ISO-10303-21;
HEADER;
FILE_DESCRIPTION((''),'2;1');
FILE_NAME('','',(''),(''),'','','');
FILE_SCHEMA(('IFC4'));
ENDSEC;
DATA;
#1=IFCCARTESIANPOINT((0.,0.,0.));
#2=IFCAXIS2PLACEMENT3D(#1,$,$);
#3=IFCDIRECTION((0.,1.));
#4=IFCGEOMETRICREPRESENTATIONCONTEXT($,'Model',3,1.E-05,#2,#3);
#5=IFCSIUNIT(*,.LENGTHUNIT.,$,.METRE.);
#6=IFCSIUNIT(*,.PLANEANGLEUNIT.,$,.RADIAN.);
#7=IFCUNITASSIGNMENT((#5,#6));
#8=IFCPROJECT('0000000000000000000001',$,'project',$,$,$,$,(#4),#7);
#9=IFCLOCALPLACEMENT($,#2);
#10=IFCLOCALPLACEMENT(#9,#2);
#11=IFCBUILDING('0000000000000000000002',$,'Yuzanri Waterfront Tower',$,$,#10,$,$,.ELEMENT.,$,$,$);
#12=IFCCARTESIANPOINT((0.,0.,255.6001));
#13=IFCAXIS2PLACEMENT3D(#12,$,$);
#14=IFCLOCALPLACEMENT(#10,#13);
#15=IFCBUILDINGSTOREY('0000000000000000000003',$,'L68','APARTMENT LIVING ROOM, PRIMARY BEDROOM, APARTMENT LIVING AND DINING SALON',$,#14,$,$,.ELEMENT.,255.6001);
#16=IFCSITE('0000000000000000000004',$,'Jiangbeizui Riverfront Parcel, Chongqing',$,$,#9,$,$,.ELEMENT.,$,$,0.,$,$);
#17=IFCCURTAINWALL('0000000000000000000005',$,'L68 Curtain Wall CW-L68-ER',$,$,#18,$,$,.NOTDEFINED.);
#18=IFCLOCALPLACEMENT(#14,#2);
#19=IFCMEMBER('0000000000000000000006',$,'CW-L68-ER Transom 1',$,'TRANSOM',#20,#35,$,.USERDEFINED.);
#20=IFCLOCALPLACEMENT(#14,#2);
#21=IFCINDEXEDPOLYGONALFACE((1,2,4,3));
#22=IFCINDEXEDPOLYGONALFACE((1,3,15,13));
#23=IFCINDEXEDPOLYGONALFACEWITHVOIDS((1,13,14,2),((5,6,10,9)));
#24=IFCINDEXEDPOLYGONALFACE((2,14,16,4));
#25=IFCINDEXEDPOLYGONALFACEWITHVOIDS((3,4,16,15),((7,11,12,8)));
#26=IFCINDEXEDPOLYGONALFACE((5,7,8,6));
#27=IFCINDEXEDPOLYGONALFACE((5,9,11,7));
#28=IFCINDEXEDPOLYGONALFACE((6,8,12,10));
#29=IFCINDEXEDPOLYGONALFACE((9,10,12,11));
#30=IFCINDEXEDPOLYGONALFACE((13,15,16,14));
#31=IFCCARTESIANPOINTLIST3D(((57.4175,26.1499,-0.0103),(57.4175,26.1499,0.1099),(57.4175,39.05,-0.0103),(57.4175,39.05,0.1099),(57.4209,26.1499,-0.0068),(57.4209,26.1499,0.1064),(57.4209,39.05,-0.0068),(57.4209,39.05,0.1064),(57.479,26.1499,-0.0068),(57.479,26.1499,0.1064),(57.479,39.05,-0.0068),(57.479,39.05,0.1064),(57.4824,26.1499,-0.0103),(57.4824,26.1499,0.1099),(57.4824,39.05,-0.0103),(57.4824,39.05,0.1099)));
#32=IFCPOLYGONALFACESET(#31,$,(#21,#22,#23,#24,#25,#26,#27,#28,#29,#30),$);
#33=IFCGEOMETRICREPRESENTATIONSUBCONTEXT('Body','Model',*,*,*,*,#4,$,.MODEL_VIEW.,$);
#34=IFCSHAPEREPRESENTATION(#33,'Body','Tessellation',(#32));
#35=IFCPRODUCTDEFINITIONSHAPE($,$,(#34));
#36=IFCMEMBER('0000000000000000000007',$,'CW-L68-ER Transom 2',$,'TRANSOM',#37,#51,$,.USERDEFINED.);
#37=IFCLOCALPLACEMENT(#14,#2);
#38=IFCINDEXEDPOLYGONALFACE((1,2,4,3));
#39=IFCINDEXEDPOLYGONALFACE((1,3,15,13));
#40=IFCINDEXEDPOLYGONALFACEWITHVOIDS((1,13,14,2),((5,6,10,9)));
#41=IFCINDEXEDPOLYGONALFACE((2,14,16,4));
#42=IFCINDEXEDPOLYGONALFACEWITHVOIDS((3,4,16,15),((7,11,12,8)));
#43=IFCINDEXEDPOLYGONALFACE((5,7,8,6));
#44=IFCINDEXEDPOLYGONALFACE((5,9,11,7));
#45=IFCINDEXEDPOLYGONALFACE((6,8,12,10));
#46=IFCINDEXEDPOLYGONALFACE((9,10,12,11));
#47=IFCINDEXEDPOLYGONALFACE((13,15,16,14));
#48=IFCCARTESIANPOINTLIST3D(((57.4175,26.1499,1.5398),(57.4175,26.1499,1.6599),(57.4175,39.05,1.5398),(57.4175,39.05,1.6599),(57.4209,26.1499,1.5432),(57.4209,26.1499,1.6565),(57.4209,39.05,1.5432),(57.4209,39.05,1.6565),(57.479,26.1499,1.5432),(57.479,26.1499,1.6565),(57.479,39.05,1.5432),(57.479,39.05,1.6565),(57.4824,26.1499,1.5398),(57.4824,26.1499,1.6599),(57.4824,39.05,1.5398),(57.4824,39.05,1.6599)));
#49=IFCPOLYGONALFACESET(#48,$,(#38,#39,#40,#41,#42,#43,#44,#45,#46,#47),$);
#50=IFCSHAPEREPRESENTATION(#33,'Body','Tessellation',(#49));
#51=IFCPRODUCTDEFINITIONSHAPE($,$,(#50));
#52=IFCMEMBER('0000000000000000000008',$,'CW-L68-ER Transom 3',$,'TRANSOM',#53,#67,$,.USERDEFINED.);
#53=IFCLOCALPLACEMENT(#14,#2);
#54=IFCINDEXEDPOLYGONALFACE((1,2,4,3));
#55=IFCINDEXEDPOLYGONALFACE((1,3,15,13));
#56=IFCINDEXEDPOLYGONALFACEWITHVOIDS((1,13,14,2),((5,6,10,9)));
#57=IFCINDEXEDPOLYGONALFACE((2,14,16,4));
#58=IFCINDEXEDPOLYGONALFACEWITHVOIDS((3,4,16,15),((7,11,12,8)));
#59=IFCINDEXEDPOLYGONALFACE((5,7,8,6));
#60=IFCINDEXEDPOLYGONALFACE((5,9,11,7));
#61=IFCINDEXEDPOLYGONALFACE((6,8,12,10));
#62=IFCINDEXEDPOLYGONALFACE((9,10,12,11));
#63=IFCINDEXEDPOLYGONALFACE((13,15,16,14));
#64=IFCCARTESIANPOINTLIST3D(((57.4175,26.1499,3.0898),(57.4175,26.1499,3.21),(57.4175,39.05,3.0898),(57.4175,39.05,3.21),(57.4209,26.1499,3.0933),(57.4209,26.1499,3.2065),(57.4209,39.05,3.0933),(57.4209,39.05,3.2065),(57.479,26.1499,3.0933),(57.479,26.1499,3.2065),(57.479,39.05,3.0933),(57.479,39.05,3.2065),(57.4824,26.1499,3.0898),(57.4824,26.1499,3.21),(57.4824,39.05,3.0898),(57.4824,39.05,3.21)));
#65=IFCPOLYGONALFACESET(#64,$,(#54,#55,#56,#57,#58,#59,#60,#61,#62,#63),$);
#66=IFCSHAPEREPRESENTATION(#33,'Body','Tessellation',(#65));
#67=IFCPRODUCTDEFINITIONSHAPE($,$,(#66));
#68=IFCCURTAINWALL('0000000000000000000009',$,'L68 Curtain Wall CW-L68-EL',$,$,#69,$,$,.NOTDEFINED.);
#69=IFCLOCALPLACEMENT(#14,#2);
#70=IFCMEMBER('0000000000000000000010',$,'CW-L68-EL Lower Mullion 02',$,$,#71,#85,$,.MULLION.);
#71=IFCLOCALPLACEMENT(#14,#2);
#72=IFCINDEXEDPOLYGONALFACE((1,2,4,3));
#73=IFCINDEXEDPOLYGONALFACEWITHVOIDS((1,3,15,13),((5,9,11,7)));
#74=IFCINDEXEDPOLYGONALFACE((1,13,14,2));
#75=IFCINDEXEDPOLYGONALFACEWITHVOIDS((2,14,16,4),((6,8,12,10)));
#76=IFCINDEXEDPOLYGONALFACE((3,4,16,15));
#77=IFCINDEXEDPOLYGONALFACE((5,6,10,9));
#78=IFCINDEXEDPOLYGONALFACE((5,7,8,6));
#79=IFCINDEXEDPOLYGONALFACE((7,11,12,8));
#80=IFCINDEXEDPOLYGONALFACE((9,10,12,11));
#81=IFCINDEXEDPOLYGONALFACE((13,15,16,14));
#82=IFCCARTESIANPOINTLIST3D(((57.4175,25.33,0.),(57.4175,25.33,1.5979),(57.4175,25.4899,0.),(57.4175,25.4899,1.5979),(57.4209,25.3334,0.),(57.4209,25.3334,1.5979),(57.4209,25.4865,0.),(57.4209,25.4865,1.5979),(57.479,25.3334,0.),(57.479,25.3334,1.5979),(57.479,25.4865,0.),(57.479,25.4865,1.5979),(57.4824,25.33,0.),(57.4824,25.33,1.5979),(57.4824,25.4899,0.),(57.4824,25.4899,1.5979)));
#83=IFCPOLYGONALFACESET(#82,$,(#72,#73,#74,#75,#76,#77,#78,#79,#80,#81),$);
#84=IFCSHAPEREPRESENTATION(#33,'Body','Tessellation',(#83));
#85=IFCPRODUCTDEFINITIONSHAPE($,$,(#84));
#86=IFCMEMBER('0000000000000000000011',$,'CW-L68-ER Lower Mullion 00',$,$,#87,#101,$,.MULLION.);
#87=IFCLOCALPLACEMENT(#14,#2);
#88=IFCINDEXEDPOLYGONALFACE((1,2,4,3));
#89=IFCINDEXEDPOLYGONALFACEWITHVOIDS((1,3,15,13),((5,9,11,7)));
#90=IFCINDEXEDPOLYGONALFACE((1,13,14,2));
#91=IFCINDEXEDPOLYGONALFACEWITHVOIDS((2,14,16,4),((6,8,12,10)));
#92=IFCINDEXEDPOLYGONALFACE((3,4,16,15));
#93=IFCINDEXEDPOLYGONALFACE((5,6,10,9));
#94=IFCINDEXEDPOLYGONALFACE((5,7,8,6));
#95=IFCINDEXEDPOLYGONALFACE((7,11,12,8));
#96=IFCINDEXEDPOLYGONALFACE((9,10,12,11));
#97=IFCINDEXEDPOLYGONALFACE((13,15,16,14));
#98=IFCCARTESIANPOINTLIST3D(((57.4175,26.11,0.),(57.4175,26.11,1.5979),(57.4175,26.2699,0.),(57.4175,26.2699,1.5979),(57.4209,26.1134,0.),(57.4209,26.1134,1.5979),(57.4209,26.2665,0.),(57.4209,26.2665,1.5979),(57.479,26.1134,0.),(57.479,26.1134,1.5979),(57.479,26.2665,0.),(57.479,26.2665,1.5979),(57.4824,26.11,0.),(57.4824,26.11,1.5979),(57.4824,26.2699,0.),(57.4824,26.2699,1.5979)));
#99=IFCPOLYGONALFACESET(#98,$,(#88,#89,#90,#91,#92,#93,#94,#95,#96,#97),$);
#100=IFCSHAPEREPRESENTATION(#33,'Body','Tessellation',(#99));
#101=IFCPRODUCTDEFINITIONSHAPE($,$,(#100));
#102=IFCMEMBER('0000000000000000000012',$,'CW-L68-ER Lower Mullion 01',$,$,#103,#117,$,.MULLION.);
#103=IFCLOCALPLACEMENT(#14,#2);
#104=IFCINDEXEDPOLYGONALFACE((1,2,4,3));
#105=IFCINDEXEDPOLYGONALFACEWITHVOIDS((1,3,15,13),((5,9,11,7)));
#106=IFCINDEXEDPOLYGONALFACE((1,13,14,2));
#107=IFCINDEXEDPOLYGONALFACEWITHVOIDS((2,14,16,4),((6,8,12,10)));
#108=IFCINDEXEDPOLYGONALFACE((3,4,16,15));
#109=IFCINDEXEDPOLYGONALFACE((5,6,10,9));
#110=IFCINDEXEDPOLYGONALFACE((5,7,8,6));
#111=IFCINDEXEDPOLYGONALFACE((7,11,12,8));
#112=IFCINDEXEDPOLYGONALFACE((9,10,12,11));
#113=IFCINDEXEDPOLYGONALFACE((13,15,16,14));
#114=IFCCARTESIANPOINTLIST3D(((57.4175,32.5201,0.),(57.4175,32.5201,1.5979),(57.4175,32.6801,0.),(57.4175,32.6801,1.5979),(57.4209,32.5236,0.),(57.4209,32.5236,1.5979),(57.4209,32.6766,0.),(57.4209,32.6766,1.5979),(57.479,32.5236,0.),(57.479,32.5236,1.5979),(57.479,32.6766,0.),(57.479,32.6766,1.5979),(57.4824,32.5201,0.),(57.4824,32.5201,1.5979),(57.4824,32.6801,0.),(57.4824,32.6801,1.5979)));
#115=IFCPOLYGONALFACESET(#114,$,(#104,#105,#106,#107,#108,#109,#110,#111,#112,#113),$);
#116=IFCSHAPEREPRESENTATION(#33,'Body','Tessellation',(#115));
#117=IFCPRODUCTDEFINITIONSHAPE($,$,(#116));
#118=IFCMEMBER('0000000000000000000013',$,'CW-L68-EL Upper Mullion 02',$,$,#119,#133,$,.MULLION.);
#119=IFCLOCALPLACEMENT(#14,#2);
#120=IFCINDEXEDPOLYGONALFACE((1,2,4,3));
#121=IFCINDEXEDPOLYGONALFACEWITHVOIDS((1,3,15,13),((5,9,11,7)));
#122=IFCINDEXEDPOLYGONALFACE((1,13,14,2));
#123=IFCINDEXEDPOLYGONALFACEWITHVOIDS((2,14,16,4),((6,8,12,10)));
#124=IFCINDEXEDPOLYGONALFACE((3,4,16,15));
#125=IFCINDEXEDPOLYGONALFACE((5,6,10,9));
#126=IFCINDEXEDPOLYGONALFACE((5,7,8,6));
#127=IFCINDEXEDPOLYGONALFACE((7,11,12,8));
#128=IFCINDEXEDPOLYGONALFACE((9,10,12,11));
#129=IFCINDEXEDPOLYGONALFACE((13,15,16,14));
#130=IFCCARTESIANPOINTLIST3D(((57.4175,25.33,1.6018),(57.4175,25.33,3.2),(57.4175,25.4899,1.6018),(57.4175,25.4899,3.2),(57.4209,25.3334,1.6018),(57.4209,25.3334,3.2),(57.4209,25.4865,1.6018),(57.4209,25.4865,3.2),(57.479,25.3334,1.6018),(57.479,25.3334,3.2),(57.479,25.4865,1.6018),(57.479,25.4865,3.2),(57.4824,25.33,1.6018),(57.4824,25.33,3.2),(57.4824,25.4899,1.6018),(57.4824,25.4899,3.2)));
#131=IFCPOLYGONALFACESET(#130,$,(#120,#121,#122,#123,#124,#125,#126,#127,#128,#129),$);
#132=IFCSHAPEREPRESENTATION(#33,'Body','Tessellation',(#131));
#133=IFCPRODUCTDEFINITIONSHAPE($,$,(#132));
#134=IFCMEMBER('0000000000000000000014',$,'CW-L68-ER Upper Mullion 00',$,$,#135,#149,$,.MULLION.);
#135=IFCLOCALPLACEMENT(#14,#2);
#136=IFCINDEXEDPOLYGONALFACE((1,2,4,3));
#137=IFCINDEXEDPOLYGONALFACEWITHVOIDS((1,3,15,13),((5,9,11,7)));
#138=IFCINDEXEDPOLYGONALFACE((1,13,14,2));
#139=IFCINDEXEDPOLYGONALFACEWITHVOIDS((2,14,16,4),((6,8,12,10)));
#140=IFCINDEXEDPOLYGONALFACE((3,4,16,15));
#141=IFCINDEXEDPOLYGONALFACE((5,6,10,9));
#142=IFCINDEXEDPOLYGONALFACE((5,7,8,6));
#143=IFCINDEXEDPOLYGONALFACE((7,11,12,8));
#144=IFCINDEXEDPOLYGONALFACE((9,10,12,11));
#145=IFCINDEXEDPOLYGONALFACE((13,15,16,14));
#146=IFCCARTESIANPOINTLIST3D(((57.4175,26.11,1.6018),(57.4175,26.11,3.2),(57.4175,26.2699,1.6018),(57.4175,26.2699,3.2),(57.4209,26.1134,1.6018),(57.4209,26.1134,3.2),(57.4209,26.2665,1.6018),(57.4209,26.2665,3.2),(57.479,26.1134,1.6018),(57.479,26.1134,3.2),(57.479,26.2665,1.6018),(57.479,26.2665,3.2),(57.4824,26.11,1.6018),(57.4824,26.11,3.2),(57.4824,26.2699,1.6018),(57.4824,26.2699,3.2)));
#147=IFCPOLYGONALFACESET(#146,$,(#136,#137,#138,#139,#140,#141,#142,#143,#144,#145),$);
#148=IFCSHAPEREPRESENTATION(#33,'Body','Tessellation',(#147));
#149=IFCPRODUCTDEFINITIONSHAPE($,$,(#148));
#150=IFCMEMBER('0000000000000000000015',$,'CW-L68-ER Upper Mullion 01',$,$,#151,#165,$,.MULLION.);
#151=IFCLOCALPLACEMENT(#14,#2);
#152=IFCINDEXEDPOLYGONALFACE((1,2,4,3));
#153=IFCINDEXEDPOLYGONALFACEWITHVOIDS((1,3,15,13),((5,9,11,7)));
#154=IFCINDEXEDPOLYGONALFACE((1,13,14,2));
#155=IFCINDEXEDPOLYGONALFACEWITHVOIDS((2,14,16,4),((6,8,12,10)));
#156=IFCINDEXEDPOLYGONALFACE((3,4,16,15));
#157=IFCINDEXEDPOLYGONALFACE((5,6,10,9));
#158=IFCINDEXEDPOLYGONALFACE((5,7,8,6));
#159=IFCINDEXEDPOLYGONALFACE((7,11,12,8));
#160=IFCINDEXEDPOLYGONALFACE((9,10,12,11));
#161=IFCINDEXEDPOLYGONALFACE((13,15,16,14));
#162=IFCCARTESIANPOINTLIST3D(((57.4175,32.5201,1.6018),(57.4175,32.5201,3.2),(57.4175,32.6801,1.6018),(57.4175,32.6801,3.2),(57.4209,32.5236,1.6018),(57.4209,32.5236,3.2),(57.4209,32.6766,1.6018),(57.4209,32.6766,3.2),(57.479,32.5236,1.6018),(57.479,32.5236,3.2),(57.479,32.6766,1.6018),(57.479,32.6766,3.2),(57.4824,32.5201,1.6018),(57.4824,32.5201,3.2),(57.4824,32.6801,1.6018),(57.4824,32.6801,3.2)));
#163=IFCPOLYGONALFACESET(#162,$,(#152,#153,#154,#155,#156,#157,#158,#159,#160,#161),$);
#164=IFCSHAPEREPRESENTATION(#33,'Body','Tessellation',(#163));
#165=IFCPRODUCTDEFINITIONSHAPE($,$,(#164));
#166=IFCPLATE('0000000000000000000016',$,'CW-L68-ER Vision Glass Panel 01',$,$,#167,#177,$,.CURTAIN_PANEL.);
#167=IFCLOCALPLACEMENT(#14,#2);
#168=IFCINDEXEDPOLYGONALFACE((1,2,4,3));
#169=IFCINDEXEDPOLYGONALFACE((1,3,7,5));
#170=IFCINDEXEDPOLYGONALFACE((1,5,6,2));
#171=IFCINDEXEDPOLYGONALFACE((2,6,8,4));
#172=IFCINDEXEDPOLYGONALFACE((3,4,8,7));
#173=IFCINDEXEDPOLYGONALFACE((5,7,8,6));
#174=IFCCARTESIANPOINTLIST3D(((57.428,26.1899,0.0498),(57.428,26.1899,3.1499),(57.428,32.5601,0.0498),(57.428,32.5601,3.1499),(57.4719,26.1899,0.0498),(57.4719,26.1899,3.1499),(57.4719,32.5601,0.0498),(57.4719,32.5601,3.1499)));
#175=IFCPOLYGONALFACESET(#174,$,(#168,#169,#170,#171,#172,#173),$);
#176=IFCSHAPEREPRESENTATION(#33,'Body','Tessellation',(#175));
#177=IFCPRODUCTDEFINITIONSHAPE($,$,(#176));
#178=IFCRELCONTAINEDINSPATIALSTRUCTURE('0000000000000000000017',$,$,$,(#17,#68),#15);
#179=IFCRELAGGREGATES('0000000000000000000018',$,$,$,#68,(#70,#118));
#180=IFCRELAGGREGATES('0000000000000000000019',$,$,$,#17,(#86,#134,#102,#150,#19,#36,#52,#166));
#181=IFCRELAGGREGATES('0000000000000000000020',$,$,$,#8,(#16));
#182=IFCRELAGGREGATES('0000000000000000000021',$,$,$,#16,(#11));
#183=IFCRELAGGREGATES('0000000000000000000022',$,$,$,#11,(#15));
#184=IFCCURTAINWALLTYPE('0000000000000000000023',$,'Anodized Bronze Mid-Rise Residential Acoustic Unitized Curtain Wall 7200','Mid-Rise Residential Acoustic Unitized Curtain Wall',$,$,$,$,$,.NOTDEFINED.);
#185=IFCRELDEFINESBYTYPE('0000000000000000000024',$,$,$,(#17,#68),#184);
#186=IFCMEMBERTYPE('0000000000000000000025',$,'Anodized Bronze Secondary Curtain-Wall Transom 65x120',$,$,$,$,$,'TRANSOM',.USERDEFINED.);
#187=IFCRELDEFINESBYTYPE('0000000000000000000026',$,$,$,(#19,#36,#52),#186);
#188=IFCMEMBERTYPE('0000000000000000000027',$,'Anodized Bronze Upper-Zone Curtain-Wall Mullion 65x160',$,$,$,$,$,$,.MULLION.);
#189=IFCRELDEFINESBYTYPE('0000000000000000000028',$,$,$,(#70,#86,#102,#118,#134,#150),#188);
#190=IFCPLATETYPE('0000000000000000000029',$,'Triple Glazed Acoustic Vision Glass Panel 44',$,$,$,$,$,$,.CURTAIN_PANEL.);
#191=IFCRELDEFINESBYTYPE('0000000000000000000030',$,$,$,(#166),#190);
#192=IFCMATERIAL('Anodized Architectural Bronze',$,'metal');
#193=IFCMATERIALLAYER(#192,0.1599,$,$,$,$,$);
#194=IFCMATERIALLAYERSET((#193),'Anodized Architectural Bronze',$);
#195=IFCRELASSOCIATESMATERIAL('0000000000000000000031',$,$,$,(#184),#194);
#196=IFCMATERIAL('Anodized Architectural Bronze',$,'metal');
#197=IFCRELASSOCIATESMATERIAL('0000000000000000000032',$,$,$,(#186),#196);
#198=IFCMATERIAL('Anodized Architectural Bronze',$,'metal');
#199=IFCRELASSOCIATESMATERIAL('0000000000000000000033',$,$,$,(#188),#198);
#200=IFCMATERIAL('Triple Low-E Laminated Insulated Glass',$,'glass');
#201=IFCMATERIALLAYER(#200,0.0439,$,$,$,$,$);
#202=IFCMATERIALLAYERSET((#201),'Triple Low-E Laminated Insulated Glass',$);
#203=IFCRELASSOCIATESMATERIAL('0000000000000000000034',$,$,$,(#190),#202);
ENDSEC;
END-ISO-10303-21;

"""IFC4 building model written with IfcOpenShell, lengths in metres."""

from ifc_helpers import new_model, si_unit, direction, frame, origin, origin_2d, place, context, subcontext, project, spatial, rectangle, hollow_rectangle, extrude, source, transform, mapped, material, layer, layer_set, material_profile, profile_set, type_object, element, aggregate, save


model = new_model("IFC4")

# Units and contexts
model_context = context("Model", 3, precision=1e-05, world=origin(), true_north=direction((0.0, 1.0)))
body_context = subcontext(model_context, "Body", "Model", "MODEL_VIEW")
ifc_project = project(units=[si_unit("LENGTHUNIT", "METRE"), si_unit("PLANEANGLEUNIT", "RADIAN")], contexts=[model_context])

# Site, building, storey
site_placement = place(None, origin())
site = spatial("IfcSite", under=ifc_project, at=site_placement, Name="Jiangbeizui Riverfront Parcel, Chongqing", CompositionType="ELEMENT", RefElevation=0.0)
building_placement = place(site_placement, origin())
building = spatial("IfcBuilding", under=site, at=building_placement, Name="Yuzanri Waterfront Tower", CompositionType="ELEMENT")
storey_placement = place(building_placement, frame((0.0, 0.0, 255.6001)))
storey = spatial("IfcBuildingStorey", under=building, at=storey_placement, Name="L68", Description="APARTMENT LIVING ROOM, PRIMARY BEDROOM, APARTMENT LIVING AND DINING SALON", CompositionType="ELEMENT", Elevation=255.6001)

# Curtain wall, members
ifc_material_1 = material(Name="Anodized Architectural Bronze", Category="metal")
ifc_layer_1 = layer(ifc_material_1, 0.1599)
ifc_layer_set_1 = layer_set([ifc_layer_1], Name="Anodized Architectural Bronze")
curtain_wall_type = type_object("IfcCurtainWallType", Name="Anodized Bronze Mid-Rise Residential Acoustic Unitized Curtain Wall 7200", Description="Mid-Rise Residential Acoustic Unitized Curtain Wall", PredefinedType="NOTDEFINED", material=ifc_layer_set_1)
curtain_wall_1_placement = place(storey_placement, origin())
curtain_wall_1 = element("IfcCurtainWall", 1, at=curtain_wall_1_placement, inside=storey, type_object=curtain_wall_type, Name="L68 Curtain Wall CW-L68-ER", PredefinedType="NOTDEFINED")
ifc_material_2 = material(Name="Anodized Architectural Bronze", Category="metal")
ifc_material_profile_1 = material_profile(ifc_material_2, hollow_rectangle(XDim=0.0649, YDim=0.1201, WallThickness=0.0034, at=origin_2d()), Name="CWT 65x120")
ifc_profile_set_1 = profile_set([ifc_material_profile_1], Name="Anodized Architectural Bronze")
member_type_1 = type_object("IfcMemberType", Name="Anodized Bronze Secondary Curtain-Wall Transom 65x120", ElementType="TRANSOM", PredefinedType="USERDEFINED", material=ifc_profile_set_1)
shared_shape_1 = source(origin(), body_context, "Body", "SweptSolid", [
    extrude(hollow_rectangle(XDim=0.0649, YDim=0.1201, WallThickness=0.0034, at=origin_2d()), origin(), (0.0, 0.0, 1.0), 12.9001),
])
member_1_placement = place(storey_placement, frame((57.45, 26.1499, 0.0498), z_axis=(0.0, 1.0, 0.0), x_axis=(-1.0, 0.0, 0.0)))
member_1 = element("IfcMember", 2, at=member_1_placement, type_object=member_type_1, Name="CW-L68-ER Transom 1", ObjectType="TRANSOM", PredefinedType="USERDEFINED", context=body_context, shape_type="MappedRepresentation", body=[
    mapped(shared_shape_1, transform((0.0, 0.0, 0.0), scale=1.0)),
])
member_2_placement = place(storey_placement, frame((57.45, 26.1499, 1.5999), z_axis=(0.0, 1.0, 0.0), x_axis=(-1.0, 0.0, 0.0)))
member_2 = element("IfcMember", 3, at=member_2_placement, type_object=member_type_1, Name="CW-L68-ER Transom 2", ObjectType="TRANSOM", PredefinedType="USERDEFINED", context=body_context, shape_type="MappedRepresentation", body=[
    mapped(shared_shape_1, transform((0.0, 0.0, 0.0), scale=1.0)),
])
member_3_placement = place(storey_placement, frame((57.45, 26.1499, 3.1499), z_axis=(0.0, 1.0, 0.0), x_axis=(-1.0, 0.0, 0.0)))
member_3 = element("IfcMember", 4, at=member_3_placement, type_object=member_type_1, Name="CW-L68-ER Transom 3", ObjectType="TRANSOM", PredefinedType="USERDEFINED", context=body_context, shape_type="MappedRepresentation", body=[
    mapped(shared_shape_1, transform((0.0, 0.0, 0.0), scale=1.0)),
])

# Curtain wall, member
curtain_wall_2_placement = place(storey_placement, origin())
curtain_wall_2 = element("IfcCurtainWall", 5, at=curtain_wall_2_placement, inside=storey, type_object=curtain_wall_type, Name="L68 Curtain Wall CW-L68-EL", PredefinedType="NOTDEFINED")
ifc_material_3 = material(Name="Anodized Architectural Bronze", Category="metal")
ifc_material_profile_2 = material_profile(ifc_material_3, hollow_rectangle(XDim=0.0649, YDim=0.1599, WallThickness=0.0034, at=origin_2d()), Name="CWM 65x160")
ifc_profile_set_2 = profile_set([ifc_material_profile_2], Name="Anodized Architectural Bronze")
member_type_2 = type_object("IfcMemberType", Name="Anodized Bronze Upper-Zone Curtain-Wall Mullion 65x160", PredefinedType="MULLION", material=ifc_profile_set_2)
shared_shape_2 = source(origin(), body_context, "Body", "SweptSolid", [
    extrude(hollow_rectangle(XDim=0.0649, YDim=0.1599, WallThickness=0.0034, at=origin_2d()), origin(), (0.0, 0.0, 1.0), 1.5979),
])
member_4_placement = place(storey_placement, frame((57.45, 25.4099, 0.0), z_axis=(0.0, 0.0, 1.0), x_axis=(1.0, 0.0, 0.0)))
member_4 = element("IfcMember", 6, at=member_4_placement, type_object=member_type_2, Name="CW-L68-EL Lower Mullion 02", PredefinedType="MULLION", context=body_context, shape_type="MappedRepresentation", body=[
    mapped(shared_shape_2, transform((0.0, 0.0, 0.0), scale=1.0)),
])

# Members
member_5_placement = place(storey_placement, frame((57.45, 26.1899, 0.0), z_axis=(0.0, 0.0, 1.0), x_axis=(1.0, 0.0, 0.0)))
member_5 = element("IfcMember", 7, at=member_5_placement, type_object=member_type_2, Name="CW-L68-ER Lower Mullion 00", PredefinedType="MULLION", context=body_context, shape_type="MappedRepresentation", body=[
    mapped(shared_shape_2, transform((0.0, 0.0, 0.0), scale=1.0)),
])
member_6_placement = place(storey_placement, frame((57.45, 32.6001, 0.0), z_axis=(0.0, 0.0, 1.0), x_axis=(1.0, 0.0, 0.0)))
member_6 = element("IfcMember", 8, at=member_6_placement, type_object=member_type_2, Name="CW-L68-ER Lower Mullion 01", PredefinedType="MULLION", context=body_context, shape_type="MappedRepresentation", body=[
    mapped(shared_shape_2, transform((0.0, 0.0, 0.0), scale=1.0)),
])
shared_shape_3 = source(origin(), body_context, "Body", "SweptSolid", [
    extrude(hollow_rectangle(XDim=0.0649, YDim=0.1599, WallThickness=0.0034, at=origin_2d()), origin(), (0.0, 0.0, 1.0), 1.5981),
])
member_7_placement = place(storey_placement, frame((57.45, 25.4099, 1.6018), z_axis=(0.0, 0.0, 1.0), x_axis=(1.0, 0.0, 0.0)))
member_7 = element("IfcMember", 9, at=member_7_placement, type_object=member_type_2, Name="CW-L68-EL Upper Mullion 02", PredefinedType="MULLION", context=body_context, shape_type="MappedRepresentation", body=[
    mapped(shared_shape_3, transform((0.0, 0.0, 0.0), scale=1.0)),
])
aggregate(curtain_wall_2, [member_4, member_7])
member_8_placement = place(storey_placement, frame((57.45, 26.1899, 1.6018), z_axis=(0.0, 0.0, 1.0), x_axis=(1.0, 0.0, 0.0)))
member_8 = element("IfcMember", 10, at=member_8_placement, type_object=member_type_2, Name="CW-L68-ER Upper Mullion 00", PredefinedType="MULLION", context=body_context, shape_type="MappedRepresentation", body=[
    mapped(shared_shape_3, transform((0.0, 0.0, 0.0), scale=1.0)),
])
member_9_placement = place(storey_placement, frame((57.45, 32.6001, 1.6018), z_axis=(0.0, 0.0, 1.0), x_axis=(1.0, 0.0, 0.0)))
member_9 = element("IfcMember", 11, at=member_9_placement, type_object=member_type_2, Name="CW-L68-ER Upper Mullion 01", PredefinedType="MULLION", context=body_context, shape_type="MappedRepresentation", body=[
    mapped(shared_shape_3, transform((0.0, 0.0, 0.0), scale=1.0)),
])

# Plate
ifc_material_4 = material(Name="Triple Low-E Laminated Insulated Glass", Category="glass")
ifc_layer_2 = layer(ifc_material_4, 0.0439)
ifc_layer_set_2 = layer_set([ifc_layer_2], Name="Triple Low-E Laminated Insulated Glass")
plate_type = type_object("IfcPlateType", Name="Triple Glazed Acoustic Vision Glass Panel 44", PredefinedType="CURTAIN_PANEL", material=ifc_layer_set_2)
shared_shape_4 = source(origin(), body_context, "Body", "SweptSolid", [
    extrude(rectangle(XDim=6.3701, YDim=0.0439, at=origin_2d()), origin(), (0.0, 0.0, 1.0), 3.1001),
])
plate_placement = place(storey_placement, frame((57.45, 29.375, 0.0498), z_axis=(0.0, 0.0, 1.0), x_axis=(0.0, 1.0, 0.0)))
plate = element("IfcPlate", 12, at=plate_placement, type_object=plate_type, Name="CW-L68-ER Vision Glass Panel 01", PredefinedType="CURTAIN_PANEL", context=body_context, shape_type="MappedRepresentation", body=[
    mapped(shared_shape_4, transform((0.0, 0.0, 0.0), scale=1.0)),
])
aggregate(curtain_wall_1, [member_5, member_8, member_6, member_9, member_1, member_2, member_3, plate])

save(model, "model.ifc")
